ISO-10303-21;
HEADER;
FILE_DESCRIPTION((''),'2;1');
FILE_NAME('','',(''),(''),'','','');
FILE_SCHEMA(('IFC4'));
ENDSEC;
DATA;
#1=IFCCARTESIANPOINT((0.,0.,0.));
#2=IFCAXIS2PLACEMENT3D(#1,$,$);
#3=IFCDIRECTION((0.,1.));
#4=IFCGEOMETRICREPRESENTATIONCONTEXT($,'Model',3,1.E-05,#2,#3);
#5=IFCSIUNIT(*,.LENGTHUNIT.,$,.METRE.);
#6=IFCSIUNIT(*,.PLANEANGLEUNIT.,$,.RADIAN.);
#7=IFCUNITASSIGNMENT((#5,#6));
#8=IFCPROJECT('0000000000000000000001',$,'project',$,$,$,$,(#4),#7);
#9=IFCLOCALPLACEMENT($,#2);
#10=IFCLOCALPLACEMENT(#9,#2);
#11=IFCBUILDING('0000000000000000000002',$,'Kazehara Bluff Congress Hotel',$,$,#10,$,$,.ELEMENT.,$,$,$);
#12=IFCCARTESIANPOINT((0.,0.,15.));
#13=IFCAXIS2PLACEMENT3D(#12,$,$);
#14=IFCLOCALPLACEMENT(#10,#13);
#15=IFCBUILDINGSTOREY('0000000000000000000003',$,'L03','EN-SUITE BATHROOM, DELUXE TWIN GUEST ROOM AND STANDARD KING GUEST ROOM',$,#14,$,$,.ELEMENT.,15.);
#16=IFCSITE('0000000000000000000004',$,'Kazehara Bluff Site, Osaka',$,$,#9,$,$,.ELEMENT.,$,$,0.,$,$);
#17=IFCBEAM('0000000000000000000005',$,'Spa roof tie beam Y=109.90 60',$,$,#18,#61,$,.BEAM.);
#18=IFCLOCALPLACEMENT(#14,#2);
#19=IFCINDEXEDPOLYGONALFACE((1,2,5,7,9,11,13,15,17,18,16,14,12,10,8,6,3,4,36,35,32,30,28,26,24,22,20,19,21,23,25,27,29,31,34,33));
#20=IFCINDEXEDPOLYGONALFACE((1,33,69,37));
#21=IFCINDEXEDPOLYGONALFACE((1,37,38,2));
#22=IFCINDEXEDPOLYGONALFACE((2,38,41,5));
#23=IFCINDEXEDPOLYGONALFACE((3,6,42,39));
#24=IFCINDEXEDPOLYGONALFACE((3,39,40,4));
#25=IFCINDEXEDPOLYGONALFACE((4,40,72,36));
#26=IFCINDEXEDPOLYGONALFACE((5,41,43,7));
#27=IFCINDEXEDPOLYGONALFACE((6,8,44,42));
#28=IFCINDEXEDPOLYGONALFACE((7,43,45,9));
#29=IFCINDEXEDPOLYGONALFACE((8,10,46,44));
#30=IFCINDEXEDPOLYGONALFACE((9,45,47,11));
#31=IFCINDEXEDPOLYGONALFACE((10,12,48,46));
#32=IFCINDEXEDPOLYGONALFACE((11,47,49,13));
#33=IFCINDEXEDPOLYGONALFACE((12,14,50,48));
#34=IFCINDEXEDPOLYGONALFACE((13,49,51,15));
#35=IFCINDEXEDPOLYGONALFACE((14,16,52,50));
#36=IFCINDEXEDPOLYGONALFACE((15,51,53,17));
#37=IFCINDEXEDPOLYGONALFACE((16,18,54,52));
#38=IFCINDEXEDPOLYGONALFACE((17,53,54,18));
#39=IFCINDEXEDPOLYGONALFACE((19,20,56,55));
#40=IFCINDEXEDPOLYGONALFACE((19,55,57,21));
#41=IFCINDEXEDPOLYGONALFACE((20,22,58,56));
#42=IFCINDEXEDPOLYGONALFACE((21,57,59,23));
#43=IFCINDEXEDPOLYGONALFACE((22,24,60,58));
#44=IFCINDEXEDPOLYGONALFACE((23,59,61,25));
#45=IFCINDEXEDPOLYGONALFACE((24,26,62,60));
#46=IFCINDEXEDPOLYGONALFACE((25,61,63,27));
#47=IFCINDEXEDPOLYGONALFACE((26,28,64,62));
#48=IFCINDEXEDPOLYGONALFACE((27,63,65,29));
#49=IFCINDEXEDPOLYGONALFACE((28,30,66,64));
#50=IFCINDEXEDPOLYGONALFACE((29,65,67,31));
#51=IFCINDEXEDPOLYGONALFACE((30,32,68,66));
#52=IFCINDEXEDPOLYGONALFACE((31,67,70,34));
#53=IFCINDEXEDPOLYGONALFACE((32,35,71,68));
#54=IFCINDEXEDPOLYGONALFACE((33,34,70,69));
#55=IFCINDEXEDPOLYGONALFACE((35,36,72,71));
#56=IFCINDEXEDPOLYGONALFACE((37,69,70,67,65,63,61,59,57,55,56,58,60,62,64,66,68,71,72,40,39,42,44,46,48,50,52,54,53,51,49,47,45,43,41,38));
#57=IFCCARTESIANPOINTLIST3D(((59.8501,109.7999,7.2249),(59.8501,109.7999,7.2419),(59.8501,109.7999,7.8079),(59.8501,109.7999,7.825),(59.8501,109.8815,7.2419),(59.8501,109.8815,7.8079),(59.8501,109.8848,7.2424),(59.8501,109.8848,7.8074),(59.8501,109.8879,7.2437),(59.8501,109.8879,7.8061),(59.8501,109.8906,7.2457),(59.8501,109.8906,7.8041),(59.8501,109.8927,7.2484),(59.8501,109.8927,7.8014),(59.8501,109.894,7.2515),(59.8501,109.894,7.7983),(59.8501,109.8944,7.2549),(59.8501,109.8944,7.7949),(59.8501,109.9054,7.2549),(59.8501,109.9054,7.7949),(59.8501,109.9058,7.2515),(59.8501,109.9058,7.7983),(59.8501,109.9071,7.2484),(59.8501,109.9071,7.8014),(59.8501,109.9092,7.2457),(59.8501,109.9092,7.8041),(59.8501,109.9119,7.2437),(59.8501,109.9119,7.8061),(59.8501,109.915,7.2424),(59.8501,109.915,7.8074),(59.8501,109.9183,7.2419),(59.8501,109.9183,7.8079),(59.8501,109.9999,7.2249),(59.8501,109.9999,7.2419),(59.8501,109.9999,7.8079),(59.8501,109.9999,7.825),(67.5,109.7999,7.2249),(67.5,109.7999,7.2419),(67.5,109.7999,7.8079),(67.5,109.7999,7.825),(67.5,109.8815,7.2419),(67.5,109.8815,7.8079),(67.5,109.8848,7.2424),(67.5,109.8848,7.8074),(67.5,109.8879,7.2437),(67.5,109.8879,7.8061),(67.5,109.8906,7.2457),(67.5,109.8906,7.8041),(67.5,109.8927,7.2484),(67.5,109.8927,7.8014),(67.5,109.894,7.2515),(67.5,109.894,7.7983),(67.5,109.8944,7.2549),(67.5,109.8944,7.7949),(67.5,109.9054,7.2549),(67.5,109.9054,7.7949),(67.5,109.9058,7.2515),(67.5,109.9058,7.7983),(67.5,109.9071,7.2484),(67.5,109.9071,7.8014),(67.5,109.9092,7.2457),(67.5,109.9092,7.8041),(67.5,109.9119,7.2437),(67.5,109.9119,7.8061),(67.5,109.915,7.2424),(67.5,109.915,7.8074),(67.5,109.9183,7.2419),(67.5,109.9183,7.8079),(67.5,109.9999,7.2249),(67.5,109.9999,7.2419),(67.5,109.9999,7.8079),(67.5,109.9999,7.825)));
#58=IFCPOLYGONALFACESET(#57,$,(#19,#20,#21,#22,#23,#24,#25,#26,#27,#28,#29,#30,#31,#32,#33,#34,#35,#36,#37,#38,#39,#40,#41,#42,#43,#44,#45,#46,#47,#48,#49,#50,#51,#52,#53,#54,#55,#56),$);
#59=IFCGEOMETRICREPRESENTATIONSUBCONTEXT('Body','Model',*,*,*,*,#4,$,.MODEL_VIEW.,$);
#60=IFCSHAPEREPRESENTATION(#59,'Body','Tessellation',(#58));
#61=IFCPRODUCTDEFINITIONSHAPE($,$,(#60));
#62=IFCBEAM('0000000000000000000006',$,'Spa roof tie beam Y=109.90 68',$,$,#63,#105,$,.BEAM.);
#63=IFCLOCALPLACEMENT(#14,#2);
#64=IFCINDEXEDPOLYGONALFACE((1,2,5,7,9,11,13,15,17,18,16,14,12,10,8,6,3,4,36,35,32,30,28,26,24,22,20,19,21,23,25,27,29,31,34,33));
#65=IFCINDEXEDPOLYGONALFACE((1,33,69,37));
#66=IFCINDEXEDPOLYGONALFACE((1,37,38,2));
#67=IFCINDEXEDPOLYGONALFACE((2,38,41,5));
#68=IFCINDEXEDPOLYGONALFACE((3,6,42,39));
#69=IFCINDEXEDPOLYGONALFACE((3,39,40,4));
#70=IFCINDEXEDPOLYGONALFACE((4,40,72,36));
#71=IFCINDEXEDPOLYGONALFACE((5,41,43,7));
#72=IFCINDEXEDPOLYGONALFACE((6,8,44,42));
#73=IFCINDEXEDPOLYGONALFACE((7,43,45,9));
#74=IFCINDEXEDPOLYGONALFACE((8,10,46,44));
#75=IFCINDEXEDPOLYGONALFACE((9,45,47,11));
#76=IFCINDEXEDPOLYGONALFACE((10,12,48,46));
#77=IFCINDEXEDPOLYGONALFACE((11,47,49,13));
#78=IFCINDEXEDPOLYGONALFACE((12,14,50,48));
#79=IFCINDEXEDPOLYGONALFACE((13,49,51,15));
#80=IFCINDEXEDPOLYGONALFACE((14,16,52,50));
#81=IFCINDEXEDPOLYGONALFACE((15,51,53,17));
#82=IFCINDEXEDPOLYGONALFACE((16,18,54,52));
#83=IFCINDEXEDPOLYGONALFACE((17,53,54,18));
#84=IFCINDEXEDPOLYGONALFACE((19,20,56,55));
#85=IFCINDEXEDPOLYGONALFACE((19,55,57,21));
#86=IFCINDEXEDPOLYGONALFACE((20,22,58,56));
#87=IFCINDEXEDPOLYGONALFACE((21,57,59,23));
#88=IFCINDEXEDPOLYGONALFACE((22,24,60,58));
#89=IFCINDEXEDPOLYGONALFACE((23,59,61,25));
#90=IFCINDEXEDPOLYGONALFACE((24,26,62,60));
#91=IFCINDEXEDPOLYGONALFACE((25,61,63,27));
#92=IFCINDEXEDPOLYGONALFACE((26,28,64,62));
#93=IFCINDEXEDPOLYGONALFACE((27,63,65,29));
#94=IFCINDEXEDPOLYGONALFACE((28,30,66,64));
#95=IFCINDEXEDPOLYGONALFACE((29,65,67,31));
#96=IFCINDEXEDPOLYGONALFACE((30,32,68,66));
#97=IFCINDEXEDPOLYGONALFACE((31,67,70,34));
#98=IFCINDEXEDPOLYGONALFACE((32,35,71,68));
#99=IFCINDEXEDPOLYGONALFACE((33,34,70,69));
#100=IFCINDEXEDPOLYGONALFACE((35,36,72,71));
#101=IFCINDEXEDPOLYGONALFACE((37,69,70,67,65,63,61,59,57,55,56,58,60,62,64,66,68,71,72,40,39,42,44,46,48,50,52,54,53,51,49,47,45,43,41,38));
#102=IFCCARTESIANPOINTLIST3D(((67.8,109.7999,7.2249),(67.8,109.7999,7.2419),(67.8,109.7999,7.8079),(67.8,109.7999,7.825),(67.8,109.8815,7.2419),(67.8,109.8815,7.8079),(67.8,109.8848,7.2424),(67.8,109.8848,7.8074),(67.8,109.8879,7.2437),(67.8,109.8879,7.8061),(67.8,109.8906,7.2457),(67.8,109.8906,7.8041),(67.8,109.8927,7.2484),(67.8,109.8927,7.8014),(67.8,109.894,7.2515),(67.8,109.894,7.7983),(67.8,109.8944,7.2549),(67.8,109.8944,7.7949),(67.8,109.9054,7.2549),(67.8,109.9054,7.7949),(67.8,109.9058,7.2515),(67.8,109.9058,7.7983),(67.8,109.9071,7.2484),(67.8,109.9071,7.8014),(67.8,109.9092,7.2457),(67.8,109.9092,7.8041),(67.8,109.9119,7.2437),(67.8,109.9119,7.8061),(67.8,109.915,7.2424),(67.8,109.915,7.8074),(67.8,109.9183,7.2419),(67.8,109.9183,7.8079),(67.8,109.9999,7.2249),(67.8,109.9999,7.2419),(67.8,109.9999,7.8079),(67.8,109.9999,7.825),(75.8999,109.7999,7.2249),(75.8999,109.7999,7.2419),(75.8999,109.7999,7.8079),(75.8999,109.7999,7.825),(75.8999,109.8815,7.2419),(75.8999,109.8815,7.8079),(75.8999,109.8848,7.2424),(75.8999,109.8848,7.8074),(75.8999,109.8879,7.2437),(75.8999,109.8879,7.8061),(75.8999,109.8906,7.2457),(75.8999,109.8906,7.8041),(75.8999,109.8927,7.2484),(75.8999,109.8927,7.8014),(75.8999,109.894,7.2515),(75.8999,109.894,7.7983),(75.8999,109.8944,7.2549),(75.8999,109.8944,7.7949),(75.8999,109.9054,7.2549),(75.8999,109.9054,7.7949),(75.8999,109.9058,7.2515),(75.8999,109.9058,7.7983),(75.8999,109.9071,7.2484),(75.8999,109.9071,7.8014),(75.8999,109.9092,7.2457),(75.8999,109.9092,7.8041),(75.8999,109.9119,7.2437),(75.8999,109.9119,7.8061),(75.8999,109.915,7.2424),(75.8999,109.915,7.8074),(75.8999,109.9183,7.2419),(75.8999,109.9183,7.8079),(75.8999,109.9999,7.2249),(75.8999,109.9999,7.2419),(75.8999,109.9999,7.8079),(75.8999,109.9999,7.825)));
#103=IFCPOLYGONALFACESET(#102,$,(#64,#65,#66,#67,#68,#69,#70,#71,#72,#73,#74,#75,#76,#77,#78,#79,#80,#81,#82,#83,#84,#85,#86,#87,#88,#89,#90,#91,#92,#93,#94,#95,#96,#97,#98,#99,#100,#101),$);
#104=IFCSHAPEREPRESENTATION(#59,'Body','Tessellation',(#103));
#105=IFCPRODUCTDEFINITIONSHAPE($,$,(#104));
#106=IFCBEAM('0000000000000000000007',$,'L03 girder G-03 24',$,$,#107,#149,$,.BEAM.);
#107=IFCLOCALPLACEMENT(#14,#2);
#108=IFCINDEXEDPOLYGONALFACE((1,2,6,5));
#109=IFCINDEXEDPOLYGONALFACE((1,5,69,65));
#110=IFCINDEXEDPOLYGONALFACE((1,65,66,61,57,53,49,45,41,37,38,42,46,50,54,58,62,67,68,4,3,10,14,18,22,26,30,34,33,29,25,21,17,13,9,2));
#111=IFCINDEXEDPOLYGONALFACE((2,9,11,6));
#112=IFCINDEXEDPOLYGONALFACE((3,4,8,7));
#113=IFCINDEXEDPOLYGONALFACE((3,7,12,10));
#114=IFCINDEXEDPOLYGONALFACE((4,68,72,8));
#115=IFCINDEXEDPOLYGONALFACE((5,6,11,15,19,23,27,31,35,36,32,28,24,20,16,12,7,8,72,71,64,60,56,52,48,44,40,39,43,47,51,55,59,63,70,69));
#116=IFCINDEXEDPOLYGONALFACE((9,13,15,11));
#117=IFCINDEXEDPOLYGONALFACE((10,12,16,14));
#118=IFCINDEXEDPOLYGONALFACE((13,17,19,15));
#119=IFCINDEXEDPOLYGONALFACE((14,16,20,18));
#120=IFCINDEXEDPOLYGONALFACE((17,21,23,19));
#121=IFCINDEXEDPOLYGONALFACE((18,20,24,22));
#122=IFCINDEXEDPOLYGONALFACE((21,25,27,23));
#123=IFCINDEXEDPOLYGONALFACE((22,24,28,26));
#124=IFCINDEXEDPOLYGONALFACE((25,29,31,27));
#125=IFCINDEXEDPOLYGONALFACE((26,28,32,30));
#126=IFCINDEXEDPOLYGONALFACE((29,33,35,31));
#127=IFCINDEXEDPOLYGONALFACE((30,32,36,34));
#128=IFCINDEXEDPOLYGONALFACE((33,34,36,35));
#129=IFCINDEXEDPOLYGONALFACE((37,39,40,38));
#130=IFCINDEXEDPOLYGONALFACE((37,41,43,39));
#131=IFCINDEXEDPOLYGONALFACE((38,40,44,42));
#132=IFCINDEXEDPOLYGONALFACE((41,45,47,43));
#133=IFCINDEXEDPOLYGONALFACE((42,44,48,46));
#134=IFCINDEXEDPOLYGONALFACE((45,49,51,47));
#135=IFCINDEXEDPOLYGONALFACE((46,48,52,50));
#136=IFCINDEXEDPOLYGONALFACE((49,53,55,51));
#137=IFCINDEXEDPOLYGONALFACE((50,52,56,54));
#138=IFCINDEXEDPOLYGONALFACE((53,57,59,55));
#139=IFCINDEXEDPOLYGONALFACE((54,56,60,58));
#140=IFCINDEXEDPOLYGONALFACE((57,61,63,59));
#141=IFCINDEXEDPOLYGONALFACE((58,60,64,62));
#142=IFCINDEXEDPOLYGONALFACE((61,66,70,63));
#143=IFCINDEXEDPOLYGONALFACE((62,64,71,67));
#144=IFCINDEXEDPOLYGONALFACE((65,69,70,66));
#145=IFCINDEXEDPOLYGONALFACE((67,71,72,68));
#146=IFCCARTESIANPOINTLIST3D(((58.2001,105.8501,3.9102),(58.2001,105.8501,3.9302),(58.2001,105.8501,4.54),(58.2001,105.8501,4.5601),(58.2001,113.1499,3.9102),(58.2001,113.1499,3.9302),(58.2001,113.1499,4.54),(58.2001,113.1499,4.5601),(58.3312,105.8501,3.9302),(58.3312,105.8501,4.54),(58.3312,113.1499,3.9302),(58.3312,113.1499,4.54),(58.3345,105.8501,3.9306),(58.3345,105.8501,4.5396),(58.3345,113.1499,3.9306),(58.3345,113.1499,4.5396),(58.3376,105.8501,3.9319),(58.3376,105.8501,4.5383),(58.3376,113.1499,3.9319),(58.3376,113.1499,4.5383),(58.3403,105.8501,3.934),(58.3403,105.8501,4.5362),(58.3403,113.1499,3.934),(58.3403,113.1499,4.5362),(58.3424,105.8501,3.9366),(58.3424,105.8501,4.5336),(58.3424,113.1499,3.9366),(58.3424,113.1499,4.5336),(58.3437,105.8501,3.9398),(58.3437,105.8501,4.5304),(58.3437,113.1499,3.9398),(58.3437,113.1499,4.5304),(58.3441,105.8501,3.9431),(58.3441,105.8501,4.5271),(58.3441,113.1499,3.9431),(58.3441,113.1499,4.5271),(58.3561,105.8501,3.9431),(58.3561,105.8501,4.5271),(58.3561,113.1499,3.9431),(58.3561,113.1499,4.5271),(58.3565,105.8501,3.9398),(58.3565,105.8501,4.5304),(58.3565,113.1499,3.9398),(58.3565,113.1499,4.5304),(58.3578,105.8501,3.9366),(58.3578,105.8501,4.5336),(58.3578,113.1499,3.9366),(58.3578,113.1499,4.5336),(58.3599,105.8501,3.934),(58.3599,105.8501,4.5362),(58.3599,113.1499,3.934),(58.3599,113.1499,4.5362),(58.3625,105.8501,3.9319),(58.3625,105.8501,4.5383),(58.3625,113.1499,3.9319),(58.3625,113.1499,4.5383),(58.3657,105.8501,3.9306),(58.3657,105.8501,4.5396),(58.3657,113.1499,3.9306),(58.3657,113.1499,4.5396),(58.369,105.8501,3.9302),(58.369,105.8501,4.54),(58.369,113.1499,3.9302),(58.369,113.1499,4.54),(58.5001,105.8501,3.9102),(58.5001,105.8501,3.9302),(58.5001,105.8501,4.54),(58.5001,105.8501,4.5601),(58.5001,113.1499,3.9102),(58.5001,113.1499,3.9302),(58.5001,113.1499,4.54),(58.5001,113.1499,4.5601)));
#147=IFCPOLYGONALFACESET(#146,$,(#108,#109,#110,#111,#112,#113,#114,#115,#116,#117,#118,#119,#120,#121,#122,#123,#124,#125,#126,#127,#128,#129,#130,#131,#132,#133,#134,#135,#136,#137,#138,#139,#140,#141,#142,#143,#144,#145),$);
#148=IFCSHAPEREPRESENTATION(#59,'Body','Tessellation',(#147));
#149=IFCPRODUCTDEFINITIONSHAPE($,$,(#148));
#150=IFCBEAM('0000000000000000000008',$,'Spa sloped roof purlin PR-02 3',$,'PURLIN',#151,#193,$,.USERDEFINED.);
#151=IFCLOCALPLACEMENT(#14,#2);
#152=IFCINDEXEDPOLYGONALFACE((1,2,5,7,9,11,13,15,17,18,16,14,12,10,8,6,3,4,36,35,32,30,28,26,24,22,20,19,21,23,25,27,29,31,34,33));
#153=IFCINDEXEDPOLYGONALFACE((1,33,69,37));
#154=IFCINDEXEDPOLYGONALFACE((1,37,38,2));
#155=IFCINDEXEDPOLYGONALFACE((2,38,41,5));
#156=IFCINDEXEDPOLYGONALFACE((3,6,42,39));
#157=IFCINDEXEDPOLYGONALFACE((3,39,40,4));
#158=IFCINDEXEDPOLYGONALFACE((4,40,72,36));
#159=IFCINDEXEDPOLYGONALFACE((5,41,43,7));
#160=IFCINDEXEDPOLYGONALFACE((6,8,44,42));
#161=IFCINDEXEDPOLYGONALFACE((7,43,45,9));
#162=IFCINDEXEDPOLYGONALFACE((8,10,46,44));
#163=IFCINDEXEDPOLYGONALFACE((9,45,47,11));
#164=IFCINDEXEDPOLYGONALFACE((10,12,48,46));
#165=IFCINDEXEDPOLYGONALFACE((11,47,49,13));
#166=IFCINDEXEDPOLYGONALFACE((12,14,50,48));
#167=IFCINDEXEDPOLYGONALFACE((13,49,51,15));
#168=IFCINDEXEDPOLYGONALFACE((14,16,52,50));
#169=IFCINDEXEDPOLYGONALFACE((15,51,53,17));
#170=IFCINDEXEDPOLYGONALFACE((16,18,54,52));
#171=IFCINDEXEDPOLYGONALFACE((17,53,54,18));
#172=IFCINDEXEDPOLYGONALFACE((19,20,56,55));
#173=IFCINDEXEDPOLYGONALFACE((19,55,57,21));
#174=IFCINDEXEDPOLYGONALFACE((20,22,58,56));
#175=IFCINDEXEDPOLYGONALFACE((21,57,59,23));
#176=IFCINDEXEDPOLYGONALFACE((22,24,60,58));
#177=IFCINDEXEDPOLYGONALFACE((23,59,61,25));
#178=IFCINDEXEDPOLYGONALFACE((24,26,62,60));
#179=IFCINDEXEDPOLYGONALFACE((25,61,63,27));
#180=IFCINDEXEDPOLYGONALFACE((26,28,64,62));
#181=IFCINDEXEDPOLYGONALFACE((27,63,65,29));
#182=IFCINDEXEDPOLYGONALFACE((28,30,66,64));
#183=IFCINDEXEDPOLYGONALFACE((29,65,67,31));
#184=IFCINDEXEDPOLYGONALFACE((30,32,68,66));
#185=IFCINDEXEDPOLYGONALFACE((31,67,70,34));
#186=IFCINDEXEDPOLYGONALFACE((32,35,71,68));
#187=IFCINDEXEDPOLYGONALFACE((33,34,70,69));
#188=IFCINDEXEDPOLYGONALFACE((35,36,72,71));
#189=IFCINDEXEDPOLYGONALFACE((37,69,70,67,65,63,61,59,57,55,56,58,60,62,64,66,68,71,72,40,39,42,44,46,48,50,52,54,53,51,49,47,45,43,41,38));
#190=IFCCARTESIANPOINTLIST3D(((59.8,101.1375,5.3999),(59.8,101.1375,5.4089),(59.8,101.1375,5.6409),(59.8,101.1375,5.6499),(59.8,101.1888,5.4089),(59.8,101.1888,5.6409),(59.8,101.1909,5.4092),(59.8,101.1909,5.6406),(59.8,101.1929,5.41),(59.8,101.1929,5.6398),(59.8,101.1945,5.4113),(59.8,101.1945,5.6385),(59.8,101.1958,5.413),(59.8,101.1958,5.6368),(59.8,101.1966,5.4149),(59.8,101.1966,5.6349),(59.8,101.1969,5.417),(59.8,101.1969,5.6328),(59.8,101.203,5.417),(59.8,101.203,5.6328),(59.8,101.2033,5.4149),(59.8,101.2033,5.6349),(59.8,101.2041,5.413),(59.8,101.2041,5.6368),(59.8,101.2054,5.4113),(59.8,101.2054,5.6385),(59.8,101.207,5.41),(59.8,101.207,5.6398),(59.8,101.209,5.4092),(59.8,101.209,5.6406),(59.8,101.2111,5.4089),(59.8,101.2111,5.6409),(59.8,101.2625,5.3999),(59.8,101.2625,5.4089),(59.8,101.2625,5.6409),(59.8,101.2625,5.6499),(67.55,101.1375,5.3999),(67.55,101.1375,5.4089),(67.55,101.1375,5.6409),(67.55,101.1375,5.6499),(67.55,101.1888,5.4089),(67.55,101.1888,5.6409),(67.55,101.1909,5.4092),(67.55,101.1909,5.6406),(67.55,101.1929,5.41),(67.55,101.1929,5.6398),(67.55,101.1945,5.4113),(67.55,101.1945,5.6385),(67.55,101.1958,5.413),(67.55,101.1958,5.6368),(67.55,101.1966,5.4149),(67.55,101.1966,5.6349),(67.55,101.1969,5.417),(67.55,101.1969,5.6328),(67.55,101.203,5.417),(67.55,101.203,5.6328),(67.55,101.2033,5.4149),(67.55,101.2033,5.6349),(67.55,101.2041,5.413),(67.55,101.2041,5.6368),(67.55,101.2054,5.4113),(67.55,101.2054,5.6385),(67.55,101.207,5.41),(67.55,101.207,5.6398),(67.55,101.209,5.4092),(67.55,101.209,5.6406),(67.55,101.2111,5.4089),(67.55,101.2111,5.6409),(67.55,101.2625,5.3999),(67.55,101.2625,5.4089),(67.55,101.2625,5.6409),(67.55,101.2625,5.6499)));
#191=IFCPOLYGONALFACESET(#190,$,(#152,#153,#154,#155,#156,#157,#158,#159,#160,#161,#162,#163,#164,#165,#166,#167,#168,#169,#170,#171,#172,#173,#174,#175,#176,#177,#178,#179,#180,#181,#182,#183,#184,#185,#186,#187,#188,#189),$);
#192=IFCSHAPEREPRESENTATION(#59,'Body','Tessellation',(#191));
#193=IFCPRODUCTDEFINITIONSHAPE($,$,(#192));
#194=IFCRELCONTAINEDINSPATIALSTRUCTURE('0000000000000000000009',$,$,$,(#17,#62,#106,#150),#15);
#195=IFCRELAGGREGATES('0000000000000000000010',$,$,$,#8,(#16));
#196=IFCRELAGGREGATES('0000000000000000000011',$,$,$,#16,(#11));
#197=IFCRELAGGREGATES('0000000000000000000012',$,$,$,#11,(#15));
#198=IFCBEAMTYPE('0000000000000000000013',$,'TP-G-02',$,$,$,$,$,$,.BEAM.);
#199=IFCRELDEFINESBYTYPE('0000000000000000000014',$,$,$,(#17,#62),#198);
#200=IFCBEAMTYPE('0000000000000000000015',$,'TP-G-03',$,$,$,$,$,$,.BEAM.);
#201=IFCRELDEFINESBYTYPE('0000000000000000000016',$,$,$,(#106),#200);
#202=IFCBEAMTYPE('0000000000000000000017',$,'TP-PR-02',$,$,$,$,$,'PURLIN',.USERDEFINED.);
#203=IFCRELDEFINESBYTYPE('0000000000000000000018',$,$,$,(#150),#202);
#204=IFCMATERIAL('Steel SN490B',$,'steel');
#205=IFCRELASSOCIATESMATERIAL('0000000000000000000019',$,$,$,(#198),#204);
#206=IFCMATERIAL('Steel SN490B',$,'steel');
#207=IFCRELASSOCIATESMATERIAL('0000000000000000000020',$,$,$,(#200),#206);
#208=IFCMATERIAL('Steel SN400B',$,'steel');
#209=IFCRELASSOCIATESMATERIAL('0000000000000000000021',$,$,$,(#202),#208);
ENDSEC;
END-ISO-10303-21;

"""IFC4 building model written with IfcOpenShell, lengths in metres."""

from ifc_helpers import new_model, si_unit, direction, frame, origin, origin_2d, place, context, subcontext, project, spatial, i_section, extrude, material, material_profile, profile_set, type_object, element, save


model = new_model("IFC4")

# Units and contexts
model_context = context("Model", 3, precision=1e-05, world=origin(), true_north=direction((0.0, 1.0)))
body_context = subcontext(model_context, "Body", "Model", "MODEL_VIEW")
ifc_project = project(units=[si_unit("LENGTHUNIT", "METRE"), si_unit("PLANEANGLEUNIT", "RADIAN")], contexts=[model_context])

# Site, building, storey
site_placement = place(None, origin())
site = spatial("IfcSite", under=ifc_project, at=site_placement, Name="Kazehara Bluff Site, Osaka", CompositionType="ELEMENT", RefElevation=0.0)
building_placement = place(site_placement, origin())
building = spatial("IfcBuilding", under=site, at=building_placement, Name="Kazehara Bluff Congress Hotel", CompositionType="ELEMENT")
storey_placement = place(building_placement, frame((0.0, 0.0, 15.0)))
storey = spatial("IfcBuildingStorey", under=building, at=storey_placement, Name="L03", Description="EN-SUITE BATHROOM, DELUXE TWIN GUEST ROOM AND STANDARD KING GUEST ROOM", CompositionType="ELEMENT", Elevation=15.0)

# Beams
ifc_material_1 = material(Name="Steel SN490B", Category="steel")
ifc_material_profile_1 = material_profile(ifc_material_1, i_section(OverallWidth=0.2, OverallDepth=0.6001, WebThickness=0.011, FlangeThickness=0.0171, FilletRadius=0.0129, at=origin_2d()))
ifc_profile_set_1 = profile_set([ifc_material_profile_1], Name="Steel SN490B")
beam_type_1 = type_object("IfcBeamType", Name="TP-G-02", PredefinedType="BEAM", material=ifc_profile_set_1)
beam_1_placement = place(storey_placement, frame((59.8501, 109.8999, 7.5249), z_axis=(1.0, 0.0, 0.0), x_axis=(0.0, 1.0, 0.0)))
element("IfcBeam", 1, at=beam_1_placement, inside=storey, type_object=beam_type_1, Name="Spa roof tie beam Y=109.90 60", PredefinedType="BEAM", context=body_context, shape_type="SweptSolid", body=[
    extrude(i_section(OverallWidth=0.2, OverallDepth=0.6001, WebThickness=0.011, FlangeThickness=0.0171, FilletRadius=0.0129, at=origin_2d()), origin(), (0.0, 0.0, 1.0), 7.6499),
])
beam_2_placement = place(storey_placement, frame((67.8, 109.8999, 7.5249), z_axis=(1.0, 0.0, 0.0), x_axis=(0.0, 1.0, 0.0)))
element("IfcBeam", 2, at=beam_2_placement, inside=storey, type_object=beam_type_1, Name="Spa roof tie beam Y=109.90 68", PredefinedType="BEAM", context=body_context, shape_type="SweptSolid", body=[
    extrude(i_section(OverallWidth=0.2, OverallDepth=0.6001, WebThickness=0.011, FlangeThickness=0.0171, FilletRadius=0.0129, at=origin_2d()), origin(), (0.0, 0.0, 1.0), 8.0999),
])
ifc_material_2 = material(Name="Steel SN490B", Category="steel")
ifc_material_profile_2 = material_profile(ifc_material_2, i_section(OverallWidth=0.3, OverallDepth=0.6499, WebThickness=0.012, FlangeThickness=0.02, FilletRadius=0.0129, at=origin_2d()))
ifc_profile_set_2 = profile_set([ifc_material_profile_2], Name="Steel SN490B")
beam_type_2 = type_object("IfcBeamType", Name="TP-G-03", PredefinedType="BEAM", material=ifc_profile_set_2)
beam_3_placement = place(storey_placement, frame((58.3501, 105.8501, 4.2351), z_axis=(0.0, 1.0, 0.0), x_axis=(-1.0, 0.0, 0.0)))
element("IfcBeam", 3, at=beam_3_placement, inside=storey, type_object=beam_type_2, Name="L03 girder G-03 24", PredefinedType="BEAM", context=body_context, shape_type="SweptSolid", body=[
    extrude(i_section(OverallWidth=0.3, OverallDepth=0.6499, WebThickness=0.012, FlangeThickness=0.02, FilletRadius=0.0129, at=origin_2d()), origin(), (0.0, 0.0, 1.0), 7.2998),
])
ifc_material_3 = material(Name="Steel SN400B", Category="steel")
ifc_material_profile_3 = material_profile(ifc_material_3, i_section(OverallWidth=0.125, OverallDepth=0.25, WebThickness=0.0061, FlangeThickness=0.009, FilletRadius=0.0081, at=origin_2d()))
ifc_profile_set_3 = profile_set([ifc_material_profile_3], Name="Steel SN400B")
beam_type_3 = type_object("IfcBeamType", Name="TP-PR-02", ElementType="PURLIN", PredefinedType="USERDEFINED", material=ifc_profile_set_3)
for number, where, z_axis, x_axis, name in (
    (4, (59.8, 101.2, 5.5249), (1.0, 0.0, 0.0), (0.0, 1.0, 0.0), "Spa sloped roof purlin PR-02 3"),
):
    element("IfcBeam", number, at=place(storey_placement, frame(where, z_axis=z_axis, x_axis=x_axis)), inside=storey, type_object=beam_type_3, Name=name, ObjectType="PURLIN", PredefinedType="USERDEFINED", context=body_context, shape_type="SweptSolid", body=[
        extrude(i_section(OverallWidth=0.125, OverallDepth=0.25, WebThickness=0.0061, FlangeThickness=0.009, FilletRadius=0.0081, at=origin_2d()), origin(), (0.0, 0.0, 1.0), 7.75),
    ])

save(model, "model.ifc")
